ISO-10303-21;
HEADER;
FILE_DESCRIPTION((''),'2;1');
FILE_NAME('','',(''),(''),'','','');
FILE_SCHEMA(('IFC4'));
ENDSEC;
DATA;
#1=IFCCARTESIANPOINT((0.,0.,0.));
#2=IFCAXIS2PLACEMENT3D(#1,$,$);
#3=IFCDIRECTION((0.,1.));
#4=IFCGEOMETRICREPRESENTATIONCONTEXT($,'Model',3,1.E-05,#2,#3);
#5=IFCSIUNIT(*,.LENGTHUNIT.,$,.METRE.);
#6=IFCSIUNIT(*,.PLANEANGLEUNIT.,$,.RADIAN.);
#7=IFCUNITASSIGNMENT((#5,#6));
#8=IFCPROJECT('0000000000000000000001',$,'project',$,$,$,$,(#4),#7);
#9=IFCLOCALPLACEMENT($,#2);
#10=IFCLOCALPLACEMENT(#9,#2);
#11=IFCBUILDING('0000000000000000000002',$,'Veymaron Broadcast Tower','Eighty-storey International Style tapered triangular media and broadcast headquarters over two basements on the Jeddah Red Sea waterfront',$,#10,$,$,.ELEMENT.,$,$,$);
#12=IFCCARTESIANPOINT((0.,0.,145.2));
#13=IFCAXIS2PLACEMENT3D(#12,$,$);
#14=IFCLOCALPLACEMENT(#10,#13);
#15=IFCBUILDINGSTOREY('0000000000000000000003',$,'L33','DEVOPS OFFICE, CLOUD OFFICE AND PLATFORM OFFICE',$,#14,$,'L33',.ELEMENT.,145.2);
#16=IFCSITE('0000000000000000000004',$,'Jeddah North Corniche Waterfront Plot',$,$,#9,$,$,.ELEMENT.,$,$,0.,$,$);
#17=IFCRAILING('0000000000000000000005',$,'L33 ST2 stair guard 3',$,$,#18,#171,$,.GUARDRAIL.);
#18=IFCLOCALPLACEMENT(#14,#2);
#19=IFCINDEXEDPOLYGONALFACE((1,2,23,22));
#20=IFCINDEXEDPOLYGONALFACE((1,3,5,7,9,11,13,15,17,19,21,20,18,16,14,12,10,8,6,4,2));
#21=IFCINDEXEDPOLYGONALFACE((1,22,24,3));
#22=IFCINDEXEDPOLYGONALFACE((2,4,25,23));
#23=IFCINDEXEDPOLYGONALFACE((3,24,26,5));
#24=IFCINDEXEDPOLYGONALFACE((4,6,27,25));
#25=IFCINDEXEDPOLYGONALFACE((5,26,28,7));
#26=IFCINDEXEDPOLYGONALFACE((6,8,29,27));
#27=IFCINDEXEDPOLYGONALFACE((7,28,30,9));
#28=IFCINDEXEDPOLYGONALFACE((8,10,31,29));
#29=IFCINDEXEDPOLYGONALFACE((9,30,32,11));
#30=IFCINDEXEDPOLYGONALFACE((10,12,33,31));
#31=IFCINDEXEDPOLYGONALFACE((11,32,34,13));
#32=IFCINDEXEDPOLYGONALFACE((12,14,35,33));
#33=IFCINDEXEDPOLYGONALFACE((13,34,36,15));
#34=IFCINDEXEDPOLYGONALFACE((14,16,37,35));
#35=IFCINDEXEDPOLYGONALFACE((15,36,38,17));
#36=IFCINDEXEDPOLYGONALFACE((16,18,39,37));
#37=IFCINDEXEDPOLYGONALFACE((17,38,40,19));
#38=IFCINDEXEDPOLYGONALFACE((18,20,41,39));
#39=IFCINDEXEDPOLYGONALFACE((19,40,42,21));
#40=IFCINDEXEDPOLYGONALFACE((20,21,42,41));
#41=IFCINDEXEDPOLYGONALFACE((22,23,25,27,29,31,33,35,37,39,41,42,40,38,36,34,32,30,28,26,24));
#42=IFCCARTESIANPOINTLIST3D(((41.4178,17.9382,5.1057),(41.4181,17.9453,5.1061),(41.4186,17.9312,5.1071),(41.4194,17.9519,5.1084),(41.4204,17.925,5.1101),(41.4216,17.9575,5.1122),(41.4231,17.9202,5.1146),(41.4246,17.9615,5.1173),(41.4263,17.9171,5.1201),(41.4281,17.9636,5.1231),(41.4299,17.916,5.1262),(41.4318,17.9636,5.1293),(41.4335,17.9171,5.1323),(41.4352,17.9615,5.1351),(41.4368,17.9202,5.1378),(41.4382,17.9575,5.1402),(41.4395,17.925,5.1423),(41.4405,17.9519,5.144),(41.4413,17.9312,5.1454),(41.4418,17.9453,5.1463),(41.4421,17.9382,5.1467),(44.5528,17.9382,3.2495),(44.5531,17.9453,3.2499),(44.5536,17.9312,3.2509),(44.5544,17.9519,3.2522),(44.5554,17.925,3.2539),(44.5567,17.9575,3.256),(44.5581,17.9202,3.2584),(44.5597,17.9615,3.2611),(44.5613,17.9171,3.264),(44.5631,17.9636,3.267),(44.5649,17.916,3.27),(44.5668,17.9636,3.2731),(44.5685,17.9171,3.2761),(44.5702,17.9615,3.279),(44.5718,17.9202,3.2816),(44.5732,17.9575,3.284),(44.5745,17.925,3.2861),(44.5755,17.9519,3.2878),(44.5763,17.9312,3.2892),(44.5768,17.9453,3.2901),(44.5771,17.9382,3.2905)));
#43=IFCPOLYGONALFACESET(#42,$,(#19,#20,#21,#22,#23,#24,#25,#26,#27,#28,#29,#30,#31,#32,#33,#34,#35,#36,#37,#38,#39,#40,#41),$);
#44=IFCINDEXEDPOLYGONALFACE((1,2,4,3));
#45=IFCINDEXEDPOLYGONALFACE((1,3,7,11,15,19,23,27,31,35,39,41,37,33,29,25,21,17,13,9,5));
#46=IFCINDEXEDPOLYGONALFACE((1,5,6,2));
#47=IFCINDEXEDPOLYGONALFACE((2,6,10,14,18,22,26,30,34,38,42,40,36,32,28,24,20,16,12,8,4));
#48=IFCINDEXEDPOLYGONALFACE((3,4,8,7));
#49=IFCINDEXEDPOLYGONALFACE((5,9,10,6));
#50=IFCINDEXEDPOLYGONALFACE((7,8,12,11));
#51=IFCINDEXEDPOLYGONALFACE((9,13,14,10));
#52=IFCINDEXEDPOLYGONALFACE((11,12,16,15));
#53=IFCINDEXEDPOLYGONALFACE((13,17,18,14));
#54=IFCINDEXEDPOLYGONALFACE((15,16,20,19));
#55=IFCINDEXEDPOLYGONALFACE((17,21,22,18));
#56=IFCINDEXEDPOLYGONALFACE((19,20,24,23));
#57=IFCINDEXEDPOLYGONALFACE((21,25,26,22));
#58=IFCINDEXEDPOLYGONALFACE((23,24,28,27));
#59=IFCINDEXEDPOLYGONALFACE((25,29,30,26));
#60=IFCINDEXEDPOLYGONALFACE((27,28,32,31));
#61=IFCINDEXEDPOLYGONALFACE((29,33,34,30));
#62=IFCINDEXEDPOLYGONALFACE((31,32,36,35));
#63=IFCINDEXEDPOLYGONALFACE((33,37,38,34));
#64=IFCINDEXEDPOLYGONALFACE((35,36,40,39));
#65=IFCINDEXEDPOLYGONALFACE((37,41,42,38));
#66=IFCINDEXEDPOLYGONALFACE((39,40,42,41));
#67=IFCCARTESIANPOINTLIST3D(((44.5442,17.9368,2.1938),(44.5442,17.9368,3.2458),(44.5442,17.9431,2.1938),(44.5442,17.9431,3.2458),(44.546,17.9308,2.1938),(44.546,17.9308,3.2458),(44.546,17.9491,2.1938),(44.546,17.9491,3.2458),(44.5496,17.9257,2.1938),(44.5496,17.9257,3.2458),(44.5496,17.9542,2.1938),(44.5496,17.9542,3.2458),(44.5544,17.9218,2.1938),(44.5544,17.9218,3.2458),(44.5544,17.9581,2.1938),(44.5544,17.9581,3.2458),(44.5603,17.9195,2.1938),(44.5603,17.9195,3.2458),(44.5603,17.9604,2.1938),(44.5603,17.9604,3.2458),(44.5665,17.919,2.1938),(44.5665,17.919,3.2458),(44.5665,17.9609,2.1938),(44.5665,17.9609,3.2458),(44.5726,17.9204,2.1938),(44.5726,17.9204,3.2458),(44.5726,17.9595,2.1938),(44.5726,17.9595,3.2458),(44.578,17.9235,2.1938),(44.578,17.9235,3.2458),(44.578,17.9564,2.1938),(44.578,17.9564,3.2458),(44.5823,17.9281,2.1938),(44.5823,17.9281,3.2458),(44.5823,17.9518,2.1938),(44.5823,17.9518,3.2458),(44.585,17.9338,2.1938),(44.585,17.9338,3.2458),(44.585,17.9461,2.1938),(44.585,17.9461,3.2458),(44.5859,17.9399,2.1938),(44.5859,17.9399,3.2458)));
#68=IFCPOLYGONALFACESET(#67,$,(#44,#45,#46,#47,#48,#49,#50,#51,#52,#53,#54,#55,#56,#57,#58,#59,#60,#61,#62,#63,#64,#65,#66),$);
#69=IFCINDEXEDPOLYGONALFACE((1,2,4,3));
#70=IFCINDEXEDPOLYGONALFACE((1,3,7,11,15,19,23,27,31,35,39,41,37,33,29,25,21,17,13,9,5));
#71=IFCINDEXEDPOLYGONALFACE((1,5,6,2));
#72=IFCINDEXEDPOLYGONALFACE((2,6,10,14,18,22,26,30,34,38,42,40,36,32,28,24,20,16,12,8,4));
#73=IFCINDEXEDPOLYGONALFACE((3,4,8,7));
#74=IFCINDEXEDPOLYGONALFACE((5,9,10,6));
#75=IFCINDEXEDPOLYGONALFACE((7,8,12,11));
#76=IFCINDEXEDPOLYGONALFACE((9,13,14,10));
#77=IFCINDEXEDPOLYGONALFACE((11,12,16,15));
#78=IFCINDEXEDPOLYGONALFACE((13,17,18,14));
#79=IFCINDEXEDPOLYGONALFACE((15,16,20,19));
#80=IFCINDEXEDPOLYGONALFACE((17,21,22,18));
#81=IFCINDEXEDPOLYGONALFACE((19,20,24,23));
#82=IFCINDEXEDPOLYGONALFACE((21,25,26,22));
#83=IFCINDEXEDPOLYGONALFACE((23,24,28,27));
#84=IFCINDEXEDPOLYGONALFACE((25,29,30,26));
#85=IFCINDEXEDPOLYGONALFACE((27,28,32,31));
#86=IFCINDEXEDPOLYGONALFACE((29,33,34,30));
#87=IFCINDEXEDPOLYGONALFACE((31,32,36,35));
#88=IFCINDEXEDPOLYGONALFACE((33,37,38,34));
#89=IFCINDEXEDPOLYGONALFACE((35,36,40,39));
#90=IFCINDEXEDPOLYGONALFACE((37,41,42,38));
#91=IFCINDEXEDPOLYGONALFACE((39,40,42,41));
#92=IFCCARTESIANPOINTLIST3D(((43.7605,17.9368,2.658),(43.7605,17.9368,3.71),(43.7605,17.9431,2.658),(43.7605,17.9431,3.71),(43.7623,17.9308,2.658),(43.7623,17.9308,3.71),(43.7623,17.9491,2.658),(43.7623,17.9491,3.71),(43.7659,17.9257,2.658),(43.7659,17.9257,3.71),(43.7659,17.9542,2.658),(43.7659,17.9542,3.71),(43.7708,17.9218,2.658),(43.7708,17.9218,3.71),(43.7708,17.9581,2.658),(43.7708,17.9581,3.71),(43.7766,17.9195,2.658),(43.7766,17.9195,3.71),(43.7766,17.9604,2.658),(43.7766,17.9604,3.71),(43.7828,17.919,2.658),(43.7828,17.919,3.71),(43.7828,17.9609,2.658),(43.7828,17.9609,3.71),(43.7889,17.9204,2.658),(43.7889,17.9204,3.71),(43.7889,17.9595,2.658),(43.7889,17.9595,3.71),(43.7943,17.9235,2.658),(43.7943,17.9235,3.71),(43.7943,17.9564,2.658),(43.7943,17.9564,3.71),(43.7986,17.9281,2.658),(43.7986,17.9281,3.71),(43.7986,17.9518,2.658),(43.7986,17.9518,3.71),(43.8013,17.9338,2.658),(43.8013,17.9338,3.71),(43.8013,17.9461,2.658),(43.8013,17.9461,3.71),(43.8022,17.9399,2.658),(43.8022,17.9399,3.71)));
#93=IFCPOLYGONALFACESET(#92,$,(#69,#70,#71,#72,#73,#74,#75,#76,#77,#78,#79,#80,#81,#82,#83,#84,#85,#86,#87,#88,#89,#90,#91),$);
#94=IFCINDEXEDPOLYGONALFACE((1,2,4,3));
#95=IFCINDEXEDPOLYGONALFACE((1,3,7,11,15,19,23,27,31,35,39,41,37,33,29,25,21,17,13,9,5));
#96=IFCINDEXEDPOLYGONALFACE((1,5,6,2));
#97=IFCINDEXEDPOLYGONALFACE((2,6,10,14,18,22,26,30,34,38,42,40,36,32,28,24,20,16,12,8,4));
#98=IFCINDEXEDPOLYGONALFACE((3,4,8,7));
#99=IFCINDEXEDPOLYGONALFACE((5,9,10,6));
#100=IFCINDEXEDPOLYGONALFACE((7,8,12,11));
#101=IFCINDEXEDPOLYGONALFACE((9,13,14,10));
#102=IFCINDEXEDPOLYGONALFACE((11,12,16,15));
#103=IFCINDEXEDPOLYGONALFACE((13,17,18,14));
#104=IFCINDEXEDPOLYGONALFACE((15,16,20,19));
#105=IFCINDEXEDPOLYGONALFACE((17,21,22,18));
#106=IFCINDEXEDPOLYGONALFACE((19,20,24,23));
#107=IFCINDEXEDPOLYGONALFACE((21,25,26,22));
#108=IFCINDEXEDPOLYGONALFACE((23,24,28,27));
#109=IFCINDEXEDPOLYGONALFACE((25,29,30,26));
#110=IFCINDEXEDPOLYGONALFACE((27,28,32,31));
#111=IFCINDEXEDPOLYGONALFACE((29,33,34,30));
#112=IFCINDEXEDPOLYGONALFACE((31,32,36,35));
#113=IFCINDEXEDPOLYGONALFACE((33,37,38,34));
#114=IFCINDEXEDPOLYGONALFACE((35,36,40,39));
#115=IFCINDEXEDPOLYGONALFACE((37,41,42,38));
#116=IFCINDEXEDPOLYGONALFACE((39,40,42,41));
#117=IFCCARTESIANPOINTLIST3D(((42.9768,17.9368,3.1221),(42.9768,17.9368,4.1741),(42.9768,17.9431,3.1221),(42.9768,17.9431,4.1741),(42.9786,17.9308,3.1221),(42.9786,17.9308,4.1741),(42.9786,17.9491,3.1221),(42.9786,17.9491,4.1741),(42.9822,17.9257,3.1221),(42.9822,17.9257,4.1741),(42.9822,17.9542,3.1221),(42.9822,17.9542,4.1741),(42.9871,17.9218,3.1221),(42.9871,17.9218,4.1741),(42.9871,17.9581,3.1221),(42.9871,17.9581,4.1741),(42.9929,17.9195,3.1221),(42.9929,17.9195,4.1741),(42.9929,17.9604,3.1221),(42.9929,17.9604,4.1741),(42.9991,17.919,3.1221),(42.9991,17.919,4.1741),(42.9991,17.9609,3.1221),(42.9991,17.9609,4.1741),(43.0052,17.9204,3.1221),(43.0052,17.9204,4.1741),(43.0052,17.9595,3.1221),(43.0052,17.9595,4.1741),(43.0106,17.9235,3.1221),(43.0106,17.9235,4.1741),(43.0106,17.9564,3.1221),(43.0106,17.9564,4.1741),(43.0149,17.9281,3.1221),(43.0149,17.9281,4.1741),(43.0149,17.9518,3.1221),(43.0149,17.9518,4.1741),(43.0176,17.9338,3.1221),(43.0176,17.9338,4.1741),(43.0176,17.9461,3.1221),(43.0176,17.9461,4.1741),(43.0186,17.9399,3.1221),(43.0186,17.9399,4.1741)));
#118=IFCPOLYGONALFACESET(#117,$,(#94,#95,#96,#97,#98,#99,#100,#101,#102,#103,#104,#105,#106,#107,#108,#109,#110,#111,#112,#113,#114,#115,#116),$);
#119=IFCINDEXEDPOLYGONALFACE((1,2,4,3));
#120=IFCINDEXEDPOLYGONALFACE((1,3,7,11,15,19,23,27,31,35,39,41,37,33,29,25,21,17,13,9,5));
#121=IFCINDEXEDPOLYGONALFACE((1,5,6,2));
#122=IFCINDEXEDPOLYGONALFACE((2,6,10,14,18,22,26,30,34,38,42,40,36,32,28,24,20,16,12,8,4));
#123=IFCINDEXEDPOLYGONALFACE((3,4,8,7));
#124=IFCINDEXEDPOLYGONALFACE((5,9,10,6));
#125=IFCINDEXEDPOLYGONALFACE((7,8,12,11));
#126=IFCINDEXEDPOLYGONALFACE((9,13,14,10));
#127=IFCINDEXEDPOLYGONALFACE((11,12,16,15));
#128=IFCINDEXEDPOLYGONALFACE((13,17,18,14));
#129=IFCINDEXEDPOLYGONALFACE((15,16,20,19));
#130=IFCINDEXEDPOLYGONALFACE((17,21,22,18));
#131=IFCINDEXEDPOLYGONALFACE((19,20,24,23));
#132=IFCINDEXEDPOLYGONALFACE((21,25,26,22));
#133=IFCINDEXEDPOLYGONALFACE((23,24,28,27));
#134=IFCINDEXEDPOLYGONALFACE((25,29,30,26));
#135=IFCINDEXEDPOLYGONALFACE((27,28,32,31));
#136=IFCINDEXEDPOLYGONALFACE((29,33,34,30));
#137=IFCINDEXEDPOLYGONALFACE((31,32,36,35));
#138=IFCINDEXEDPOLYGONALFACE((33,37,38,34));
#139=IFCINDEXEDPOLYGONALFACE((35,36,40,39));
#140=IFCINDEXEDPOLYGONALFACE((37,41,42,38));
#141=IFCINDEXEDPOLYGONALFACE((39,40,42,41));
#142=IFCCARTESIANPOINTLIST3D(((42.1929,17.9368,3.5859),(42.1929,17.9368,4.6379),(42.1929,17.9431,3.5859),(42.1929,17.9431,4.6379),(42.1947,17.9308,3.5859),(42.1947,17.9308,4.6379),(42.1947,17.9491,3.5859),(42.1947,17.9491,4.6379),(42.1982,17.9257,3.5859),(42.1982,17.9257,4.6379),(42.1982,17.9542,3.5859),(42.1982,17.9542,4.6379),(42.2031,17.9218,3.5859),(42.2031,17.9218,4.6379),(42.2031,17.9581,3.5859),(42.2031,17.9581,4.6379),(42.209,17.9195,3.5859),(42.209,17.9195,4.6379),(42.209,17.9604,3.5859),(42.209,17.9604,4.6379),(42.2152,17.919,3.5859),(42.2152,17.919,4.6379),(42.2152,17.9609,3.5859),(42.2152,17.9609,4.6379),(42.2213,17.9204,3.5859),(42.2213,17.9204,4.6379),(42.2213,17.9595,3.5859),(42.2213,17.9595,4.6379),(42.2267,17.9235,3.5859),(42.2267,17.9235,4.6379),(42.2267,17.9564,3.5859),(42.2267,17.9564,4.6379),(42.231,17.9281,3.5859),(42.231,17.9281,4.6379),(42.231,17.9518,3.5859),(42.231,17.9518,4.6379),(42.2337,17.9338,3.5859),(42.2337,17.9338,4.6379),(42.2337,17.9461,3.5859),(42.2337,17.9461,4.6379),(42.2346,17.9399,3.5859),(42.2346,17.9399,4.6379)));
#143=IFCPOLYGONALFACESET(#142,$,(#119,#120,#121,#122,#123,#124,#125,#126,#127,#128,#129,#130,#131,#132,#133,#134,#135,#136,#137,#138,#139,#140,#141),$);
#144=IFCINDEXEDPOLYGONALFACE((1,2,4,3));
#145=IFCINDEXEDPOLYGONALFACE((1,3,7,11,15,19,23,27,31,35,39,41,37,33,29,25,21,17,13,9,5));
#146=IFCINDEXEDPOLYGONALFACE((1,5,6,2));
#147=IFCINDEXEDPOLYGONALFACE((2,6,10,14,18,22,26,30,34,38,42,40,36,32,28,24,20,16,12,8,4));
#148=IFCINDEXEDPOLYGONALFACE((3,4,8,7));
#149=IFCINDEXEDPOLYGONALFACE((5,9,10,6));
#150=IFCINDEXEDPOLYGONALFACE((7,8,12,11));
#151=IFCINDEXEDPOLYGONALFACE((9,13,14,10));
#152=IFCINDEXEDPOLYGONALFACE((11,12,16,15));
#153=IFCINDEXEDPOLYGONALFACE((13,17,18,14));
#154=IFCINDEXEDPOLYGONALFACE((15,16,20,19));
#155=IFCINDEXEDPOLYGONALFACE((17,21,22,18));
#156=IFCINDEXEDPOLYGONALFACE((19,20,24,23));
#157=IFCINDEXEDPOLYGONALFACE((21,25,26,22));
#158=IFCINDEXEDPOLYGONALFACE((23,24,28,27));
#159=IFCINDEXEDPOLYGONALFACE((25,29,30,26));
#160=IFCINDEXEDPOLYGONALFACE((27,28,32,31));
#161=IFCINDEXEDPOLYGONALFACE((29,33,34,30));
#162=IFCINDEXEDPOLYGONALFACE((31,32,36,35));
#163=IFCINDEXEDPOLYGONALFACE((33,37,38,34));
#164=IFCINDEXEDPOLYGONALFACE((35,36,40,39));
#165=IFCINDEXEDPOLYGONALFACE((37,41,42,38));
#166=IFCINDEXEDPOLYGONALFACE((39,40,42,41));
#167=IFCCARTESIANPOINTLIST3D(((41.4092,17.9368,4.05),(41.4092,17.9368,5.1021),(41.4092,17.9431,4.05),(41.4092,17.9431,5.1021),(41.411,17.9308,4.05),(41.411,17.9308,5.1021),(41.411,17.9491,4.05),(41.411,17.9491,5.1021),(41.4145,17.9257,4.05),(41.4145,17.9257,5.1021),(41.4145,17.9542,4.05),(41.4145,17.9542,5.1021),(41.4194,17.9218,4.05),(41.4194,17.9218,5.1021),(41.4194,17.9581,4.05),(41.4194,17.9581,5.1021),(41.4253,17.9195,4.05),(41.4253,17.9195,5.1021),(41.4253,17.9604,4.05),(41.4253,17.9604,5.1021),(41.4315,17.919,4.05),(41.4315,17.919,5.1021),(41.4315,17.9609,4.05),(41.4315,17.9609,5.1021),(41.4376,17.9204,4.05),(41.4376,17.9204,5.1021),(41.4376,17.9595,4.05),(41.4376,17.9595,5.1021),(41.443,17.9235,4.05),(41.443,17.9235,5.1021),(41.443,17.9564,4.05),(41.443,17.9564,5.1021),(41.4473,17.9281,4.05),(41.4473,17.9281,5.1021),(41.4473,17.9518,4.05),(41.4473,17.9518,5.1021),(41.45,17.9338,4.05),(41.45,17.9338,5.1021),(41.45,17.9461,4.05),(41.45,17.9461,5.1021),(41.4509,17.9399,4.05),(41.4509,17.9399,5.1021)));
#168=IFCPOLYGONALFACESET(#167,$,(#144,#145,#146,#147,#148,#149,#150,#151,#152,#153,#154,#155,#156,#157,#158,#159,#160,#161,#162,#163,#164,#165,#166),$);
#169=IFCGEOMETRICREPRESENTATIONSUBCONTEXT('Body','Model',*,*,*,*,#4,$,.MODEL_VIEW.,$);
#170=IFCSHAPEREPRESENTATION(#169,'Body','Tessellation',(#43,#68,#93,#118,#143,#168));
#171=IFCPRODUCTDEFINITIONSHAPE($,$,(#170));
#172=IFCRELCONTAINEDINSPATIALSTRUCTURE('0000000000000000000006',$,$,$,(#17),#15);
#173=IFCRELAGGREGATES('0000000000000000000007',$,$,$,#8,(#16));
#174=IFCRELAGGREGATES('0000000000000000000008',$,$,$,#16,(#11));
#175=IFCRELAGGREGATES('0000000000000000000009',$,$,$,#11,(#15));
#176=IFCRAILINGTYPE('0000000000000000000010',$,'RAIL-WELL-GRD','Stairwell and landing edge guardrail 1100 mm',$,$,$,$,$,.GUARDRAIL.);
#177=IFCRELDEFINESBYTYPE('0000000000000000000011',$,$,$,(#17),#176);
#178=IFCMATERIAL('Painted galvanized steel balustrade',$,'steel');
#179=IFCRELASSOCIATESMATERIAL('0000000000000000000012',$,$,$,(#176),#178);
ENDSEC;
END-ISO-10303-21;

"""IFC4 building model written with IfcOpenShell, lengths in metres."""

from ifc_helpers import new_model, si_unit, direction, frame, origin, origin_2d, place, context, subcontext, project, spatial, circle, extrude, material, type_object, element, save


model = new_model("IFC4")

# Units and contexts
model_context = context("Model", 3, precision=1e-05, world=origin(), true_north=direction((0.0, 1.0)))
body_context = subcontext(model_context, "Body", "Model", "MODEL_VIEW")
ifc_project = project(units=[si_unit("LENGTHUNIT", "METRE"), si_unit("PLANEANGLEUNIT", "RADIAN")], contexts=[model_context])

# Site, building, storey
site_placement = place(None, origin())
site = spatial("IfcSite", under=ifc_project, at=site_placement, Name="Jeddah North Corniche Waterfront Plot", CompositionType="ELEMENT", RefElevation=0.0)
building_placement = place(site_placement, origin())
building = spatial("IfcBuilding", under=site, at=building_placement, Name="Veymaron Broadcast Tower", Description="Eighty-storey International Style tapered triangular media and broadcast headquarters over two basements on the Jeddah Red Sea waterfront", CompositionType="ELEMENT")
storey_placement = place(building_placement, frame((0.0, 0.0, 145.2)))
storey = spatial("IfcBuildingStorey", under=building, at=storey_placement, Name="L33", Description="DEVOPS OFFICE, CLOUD OFFICE AND PLATFORM OFFICE", LongName="L33", CompositionType="ELEMENT", Elevation=145.2)

# Railing
ifc_material_1 = material(Name="Painted galvanized steel balustrade", Category="steel")
railing_type_1 = type_object("IfcRailingType", Name="RAIL-WELL-GRD", Description="Stairwell and landing edge guardrail 1100 mm", PredefinedType="GUARDRAIL", material=ifc_material_1)
railing_1_placement = place(storey_placement, frame((44.5649, 17.9399, 2.1938)))
element("IfcRailing", 1, at=railing_1_placement, inside=storey, type_object=railing_type_1, Name="L33 ST2 stair guard 3", PredefinedType="GUARDRAIL", context=body_context, shape_type="SweptSolid", body=[
    extrude(circle(Radius=0.0239, at=origin_2d()), frame((0.0, 0.0, 1.0762), z_axis=(-0.860482, 0.0, 0.509481), x_axis=(0.0, -1.0, 0.0)), (0.0, 0.0, 1.0), 3.6433),
    extrude(circle(Radius=0.021, at=origin_2d()), origin(), (0.0, 0.0, 1.0), 1.052),
    extrude(circle(Radius=0.021, at=origin_2d()), frame((-0.7837, 0.0, 0.4641)), (0.0, 0.0, 1.0), 1.052),
    extrude(circle(Radius=0.021, at=origin_2d()), frame((-1.5674, 0.0, 0.9282)), (0.0, 0.0, 1.0), 1.052),
    extrude(circle(Radius=0.021, at=origin_2d()), frame((-2.3513, 0.0, 1.3921)), (0.0, 0.0, 1.0), 1.052),
    extrude(circle(Radius=0.021, at=origin_2d()), frame((-3.135, 0.0, 1.8562)), (0.0, 0.0, 1.0), 1.052),
])

save(model, "model.ifc")
